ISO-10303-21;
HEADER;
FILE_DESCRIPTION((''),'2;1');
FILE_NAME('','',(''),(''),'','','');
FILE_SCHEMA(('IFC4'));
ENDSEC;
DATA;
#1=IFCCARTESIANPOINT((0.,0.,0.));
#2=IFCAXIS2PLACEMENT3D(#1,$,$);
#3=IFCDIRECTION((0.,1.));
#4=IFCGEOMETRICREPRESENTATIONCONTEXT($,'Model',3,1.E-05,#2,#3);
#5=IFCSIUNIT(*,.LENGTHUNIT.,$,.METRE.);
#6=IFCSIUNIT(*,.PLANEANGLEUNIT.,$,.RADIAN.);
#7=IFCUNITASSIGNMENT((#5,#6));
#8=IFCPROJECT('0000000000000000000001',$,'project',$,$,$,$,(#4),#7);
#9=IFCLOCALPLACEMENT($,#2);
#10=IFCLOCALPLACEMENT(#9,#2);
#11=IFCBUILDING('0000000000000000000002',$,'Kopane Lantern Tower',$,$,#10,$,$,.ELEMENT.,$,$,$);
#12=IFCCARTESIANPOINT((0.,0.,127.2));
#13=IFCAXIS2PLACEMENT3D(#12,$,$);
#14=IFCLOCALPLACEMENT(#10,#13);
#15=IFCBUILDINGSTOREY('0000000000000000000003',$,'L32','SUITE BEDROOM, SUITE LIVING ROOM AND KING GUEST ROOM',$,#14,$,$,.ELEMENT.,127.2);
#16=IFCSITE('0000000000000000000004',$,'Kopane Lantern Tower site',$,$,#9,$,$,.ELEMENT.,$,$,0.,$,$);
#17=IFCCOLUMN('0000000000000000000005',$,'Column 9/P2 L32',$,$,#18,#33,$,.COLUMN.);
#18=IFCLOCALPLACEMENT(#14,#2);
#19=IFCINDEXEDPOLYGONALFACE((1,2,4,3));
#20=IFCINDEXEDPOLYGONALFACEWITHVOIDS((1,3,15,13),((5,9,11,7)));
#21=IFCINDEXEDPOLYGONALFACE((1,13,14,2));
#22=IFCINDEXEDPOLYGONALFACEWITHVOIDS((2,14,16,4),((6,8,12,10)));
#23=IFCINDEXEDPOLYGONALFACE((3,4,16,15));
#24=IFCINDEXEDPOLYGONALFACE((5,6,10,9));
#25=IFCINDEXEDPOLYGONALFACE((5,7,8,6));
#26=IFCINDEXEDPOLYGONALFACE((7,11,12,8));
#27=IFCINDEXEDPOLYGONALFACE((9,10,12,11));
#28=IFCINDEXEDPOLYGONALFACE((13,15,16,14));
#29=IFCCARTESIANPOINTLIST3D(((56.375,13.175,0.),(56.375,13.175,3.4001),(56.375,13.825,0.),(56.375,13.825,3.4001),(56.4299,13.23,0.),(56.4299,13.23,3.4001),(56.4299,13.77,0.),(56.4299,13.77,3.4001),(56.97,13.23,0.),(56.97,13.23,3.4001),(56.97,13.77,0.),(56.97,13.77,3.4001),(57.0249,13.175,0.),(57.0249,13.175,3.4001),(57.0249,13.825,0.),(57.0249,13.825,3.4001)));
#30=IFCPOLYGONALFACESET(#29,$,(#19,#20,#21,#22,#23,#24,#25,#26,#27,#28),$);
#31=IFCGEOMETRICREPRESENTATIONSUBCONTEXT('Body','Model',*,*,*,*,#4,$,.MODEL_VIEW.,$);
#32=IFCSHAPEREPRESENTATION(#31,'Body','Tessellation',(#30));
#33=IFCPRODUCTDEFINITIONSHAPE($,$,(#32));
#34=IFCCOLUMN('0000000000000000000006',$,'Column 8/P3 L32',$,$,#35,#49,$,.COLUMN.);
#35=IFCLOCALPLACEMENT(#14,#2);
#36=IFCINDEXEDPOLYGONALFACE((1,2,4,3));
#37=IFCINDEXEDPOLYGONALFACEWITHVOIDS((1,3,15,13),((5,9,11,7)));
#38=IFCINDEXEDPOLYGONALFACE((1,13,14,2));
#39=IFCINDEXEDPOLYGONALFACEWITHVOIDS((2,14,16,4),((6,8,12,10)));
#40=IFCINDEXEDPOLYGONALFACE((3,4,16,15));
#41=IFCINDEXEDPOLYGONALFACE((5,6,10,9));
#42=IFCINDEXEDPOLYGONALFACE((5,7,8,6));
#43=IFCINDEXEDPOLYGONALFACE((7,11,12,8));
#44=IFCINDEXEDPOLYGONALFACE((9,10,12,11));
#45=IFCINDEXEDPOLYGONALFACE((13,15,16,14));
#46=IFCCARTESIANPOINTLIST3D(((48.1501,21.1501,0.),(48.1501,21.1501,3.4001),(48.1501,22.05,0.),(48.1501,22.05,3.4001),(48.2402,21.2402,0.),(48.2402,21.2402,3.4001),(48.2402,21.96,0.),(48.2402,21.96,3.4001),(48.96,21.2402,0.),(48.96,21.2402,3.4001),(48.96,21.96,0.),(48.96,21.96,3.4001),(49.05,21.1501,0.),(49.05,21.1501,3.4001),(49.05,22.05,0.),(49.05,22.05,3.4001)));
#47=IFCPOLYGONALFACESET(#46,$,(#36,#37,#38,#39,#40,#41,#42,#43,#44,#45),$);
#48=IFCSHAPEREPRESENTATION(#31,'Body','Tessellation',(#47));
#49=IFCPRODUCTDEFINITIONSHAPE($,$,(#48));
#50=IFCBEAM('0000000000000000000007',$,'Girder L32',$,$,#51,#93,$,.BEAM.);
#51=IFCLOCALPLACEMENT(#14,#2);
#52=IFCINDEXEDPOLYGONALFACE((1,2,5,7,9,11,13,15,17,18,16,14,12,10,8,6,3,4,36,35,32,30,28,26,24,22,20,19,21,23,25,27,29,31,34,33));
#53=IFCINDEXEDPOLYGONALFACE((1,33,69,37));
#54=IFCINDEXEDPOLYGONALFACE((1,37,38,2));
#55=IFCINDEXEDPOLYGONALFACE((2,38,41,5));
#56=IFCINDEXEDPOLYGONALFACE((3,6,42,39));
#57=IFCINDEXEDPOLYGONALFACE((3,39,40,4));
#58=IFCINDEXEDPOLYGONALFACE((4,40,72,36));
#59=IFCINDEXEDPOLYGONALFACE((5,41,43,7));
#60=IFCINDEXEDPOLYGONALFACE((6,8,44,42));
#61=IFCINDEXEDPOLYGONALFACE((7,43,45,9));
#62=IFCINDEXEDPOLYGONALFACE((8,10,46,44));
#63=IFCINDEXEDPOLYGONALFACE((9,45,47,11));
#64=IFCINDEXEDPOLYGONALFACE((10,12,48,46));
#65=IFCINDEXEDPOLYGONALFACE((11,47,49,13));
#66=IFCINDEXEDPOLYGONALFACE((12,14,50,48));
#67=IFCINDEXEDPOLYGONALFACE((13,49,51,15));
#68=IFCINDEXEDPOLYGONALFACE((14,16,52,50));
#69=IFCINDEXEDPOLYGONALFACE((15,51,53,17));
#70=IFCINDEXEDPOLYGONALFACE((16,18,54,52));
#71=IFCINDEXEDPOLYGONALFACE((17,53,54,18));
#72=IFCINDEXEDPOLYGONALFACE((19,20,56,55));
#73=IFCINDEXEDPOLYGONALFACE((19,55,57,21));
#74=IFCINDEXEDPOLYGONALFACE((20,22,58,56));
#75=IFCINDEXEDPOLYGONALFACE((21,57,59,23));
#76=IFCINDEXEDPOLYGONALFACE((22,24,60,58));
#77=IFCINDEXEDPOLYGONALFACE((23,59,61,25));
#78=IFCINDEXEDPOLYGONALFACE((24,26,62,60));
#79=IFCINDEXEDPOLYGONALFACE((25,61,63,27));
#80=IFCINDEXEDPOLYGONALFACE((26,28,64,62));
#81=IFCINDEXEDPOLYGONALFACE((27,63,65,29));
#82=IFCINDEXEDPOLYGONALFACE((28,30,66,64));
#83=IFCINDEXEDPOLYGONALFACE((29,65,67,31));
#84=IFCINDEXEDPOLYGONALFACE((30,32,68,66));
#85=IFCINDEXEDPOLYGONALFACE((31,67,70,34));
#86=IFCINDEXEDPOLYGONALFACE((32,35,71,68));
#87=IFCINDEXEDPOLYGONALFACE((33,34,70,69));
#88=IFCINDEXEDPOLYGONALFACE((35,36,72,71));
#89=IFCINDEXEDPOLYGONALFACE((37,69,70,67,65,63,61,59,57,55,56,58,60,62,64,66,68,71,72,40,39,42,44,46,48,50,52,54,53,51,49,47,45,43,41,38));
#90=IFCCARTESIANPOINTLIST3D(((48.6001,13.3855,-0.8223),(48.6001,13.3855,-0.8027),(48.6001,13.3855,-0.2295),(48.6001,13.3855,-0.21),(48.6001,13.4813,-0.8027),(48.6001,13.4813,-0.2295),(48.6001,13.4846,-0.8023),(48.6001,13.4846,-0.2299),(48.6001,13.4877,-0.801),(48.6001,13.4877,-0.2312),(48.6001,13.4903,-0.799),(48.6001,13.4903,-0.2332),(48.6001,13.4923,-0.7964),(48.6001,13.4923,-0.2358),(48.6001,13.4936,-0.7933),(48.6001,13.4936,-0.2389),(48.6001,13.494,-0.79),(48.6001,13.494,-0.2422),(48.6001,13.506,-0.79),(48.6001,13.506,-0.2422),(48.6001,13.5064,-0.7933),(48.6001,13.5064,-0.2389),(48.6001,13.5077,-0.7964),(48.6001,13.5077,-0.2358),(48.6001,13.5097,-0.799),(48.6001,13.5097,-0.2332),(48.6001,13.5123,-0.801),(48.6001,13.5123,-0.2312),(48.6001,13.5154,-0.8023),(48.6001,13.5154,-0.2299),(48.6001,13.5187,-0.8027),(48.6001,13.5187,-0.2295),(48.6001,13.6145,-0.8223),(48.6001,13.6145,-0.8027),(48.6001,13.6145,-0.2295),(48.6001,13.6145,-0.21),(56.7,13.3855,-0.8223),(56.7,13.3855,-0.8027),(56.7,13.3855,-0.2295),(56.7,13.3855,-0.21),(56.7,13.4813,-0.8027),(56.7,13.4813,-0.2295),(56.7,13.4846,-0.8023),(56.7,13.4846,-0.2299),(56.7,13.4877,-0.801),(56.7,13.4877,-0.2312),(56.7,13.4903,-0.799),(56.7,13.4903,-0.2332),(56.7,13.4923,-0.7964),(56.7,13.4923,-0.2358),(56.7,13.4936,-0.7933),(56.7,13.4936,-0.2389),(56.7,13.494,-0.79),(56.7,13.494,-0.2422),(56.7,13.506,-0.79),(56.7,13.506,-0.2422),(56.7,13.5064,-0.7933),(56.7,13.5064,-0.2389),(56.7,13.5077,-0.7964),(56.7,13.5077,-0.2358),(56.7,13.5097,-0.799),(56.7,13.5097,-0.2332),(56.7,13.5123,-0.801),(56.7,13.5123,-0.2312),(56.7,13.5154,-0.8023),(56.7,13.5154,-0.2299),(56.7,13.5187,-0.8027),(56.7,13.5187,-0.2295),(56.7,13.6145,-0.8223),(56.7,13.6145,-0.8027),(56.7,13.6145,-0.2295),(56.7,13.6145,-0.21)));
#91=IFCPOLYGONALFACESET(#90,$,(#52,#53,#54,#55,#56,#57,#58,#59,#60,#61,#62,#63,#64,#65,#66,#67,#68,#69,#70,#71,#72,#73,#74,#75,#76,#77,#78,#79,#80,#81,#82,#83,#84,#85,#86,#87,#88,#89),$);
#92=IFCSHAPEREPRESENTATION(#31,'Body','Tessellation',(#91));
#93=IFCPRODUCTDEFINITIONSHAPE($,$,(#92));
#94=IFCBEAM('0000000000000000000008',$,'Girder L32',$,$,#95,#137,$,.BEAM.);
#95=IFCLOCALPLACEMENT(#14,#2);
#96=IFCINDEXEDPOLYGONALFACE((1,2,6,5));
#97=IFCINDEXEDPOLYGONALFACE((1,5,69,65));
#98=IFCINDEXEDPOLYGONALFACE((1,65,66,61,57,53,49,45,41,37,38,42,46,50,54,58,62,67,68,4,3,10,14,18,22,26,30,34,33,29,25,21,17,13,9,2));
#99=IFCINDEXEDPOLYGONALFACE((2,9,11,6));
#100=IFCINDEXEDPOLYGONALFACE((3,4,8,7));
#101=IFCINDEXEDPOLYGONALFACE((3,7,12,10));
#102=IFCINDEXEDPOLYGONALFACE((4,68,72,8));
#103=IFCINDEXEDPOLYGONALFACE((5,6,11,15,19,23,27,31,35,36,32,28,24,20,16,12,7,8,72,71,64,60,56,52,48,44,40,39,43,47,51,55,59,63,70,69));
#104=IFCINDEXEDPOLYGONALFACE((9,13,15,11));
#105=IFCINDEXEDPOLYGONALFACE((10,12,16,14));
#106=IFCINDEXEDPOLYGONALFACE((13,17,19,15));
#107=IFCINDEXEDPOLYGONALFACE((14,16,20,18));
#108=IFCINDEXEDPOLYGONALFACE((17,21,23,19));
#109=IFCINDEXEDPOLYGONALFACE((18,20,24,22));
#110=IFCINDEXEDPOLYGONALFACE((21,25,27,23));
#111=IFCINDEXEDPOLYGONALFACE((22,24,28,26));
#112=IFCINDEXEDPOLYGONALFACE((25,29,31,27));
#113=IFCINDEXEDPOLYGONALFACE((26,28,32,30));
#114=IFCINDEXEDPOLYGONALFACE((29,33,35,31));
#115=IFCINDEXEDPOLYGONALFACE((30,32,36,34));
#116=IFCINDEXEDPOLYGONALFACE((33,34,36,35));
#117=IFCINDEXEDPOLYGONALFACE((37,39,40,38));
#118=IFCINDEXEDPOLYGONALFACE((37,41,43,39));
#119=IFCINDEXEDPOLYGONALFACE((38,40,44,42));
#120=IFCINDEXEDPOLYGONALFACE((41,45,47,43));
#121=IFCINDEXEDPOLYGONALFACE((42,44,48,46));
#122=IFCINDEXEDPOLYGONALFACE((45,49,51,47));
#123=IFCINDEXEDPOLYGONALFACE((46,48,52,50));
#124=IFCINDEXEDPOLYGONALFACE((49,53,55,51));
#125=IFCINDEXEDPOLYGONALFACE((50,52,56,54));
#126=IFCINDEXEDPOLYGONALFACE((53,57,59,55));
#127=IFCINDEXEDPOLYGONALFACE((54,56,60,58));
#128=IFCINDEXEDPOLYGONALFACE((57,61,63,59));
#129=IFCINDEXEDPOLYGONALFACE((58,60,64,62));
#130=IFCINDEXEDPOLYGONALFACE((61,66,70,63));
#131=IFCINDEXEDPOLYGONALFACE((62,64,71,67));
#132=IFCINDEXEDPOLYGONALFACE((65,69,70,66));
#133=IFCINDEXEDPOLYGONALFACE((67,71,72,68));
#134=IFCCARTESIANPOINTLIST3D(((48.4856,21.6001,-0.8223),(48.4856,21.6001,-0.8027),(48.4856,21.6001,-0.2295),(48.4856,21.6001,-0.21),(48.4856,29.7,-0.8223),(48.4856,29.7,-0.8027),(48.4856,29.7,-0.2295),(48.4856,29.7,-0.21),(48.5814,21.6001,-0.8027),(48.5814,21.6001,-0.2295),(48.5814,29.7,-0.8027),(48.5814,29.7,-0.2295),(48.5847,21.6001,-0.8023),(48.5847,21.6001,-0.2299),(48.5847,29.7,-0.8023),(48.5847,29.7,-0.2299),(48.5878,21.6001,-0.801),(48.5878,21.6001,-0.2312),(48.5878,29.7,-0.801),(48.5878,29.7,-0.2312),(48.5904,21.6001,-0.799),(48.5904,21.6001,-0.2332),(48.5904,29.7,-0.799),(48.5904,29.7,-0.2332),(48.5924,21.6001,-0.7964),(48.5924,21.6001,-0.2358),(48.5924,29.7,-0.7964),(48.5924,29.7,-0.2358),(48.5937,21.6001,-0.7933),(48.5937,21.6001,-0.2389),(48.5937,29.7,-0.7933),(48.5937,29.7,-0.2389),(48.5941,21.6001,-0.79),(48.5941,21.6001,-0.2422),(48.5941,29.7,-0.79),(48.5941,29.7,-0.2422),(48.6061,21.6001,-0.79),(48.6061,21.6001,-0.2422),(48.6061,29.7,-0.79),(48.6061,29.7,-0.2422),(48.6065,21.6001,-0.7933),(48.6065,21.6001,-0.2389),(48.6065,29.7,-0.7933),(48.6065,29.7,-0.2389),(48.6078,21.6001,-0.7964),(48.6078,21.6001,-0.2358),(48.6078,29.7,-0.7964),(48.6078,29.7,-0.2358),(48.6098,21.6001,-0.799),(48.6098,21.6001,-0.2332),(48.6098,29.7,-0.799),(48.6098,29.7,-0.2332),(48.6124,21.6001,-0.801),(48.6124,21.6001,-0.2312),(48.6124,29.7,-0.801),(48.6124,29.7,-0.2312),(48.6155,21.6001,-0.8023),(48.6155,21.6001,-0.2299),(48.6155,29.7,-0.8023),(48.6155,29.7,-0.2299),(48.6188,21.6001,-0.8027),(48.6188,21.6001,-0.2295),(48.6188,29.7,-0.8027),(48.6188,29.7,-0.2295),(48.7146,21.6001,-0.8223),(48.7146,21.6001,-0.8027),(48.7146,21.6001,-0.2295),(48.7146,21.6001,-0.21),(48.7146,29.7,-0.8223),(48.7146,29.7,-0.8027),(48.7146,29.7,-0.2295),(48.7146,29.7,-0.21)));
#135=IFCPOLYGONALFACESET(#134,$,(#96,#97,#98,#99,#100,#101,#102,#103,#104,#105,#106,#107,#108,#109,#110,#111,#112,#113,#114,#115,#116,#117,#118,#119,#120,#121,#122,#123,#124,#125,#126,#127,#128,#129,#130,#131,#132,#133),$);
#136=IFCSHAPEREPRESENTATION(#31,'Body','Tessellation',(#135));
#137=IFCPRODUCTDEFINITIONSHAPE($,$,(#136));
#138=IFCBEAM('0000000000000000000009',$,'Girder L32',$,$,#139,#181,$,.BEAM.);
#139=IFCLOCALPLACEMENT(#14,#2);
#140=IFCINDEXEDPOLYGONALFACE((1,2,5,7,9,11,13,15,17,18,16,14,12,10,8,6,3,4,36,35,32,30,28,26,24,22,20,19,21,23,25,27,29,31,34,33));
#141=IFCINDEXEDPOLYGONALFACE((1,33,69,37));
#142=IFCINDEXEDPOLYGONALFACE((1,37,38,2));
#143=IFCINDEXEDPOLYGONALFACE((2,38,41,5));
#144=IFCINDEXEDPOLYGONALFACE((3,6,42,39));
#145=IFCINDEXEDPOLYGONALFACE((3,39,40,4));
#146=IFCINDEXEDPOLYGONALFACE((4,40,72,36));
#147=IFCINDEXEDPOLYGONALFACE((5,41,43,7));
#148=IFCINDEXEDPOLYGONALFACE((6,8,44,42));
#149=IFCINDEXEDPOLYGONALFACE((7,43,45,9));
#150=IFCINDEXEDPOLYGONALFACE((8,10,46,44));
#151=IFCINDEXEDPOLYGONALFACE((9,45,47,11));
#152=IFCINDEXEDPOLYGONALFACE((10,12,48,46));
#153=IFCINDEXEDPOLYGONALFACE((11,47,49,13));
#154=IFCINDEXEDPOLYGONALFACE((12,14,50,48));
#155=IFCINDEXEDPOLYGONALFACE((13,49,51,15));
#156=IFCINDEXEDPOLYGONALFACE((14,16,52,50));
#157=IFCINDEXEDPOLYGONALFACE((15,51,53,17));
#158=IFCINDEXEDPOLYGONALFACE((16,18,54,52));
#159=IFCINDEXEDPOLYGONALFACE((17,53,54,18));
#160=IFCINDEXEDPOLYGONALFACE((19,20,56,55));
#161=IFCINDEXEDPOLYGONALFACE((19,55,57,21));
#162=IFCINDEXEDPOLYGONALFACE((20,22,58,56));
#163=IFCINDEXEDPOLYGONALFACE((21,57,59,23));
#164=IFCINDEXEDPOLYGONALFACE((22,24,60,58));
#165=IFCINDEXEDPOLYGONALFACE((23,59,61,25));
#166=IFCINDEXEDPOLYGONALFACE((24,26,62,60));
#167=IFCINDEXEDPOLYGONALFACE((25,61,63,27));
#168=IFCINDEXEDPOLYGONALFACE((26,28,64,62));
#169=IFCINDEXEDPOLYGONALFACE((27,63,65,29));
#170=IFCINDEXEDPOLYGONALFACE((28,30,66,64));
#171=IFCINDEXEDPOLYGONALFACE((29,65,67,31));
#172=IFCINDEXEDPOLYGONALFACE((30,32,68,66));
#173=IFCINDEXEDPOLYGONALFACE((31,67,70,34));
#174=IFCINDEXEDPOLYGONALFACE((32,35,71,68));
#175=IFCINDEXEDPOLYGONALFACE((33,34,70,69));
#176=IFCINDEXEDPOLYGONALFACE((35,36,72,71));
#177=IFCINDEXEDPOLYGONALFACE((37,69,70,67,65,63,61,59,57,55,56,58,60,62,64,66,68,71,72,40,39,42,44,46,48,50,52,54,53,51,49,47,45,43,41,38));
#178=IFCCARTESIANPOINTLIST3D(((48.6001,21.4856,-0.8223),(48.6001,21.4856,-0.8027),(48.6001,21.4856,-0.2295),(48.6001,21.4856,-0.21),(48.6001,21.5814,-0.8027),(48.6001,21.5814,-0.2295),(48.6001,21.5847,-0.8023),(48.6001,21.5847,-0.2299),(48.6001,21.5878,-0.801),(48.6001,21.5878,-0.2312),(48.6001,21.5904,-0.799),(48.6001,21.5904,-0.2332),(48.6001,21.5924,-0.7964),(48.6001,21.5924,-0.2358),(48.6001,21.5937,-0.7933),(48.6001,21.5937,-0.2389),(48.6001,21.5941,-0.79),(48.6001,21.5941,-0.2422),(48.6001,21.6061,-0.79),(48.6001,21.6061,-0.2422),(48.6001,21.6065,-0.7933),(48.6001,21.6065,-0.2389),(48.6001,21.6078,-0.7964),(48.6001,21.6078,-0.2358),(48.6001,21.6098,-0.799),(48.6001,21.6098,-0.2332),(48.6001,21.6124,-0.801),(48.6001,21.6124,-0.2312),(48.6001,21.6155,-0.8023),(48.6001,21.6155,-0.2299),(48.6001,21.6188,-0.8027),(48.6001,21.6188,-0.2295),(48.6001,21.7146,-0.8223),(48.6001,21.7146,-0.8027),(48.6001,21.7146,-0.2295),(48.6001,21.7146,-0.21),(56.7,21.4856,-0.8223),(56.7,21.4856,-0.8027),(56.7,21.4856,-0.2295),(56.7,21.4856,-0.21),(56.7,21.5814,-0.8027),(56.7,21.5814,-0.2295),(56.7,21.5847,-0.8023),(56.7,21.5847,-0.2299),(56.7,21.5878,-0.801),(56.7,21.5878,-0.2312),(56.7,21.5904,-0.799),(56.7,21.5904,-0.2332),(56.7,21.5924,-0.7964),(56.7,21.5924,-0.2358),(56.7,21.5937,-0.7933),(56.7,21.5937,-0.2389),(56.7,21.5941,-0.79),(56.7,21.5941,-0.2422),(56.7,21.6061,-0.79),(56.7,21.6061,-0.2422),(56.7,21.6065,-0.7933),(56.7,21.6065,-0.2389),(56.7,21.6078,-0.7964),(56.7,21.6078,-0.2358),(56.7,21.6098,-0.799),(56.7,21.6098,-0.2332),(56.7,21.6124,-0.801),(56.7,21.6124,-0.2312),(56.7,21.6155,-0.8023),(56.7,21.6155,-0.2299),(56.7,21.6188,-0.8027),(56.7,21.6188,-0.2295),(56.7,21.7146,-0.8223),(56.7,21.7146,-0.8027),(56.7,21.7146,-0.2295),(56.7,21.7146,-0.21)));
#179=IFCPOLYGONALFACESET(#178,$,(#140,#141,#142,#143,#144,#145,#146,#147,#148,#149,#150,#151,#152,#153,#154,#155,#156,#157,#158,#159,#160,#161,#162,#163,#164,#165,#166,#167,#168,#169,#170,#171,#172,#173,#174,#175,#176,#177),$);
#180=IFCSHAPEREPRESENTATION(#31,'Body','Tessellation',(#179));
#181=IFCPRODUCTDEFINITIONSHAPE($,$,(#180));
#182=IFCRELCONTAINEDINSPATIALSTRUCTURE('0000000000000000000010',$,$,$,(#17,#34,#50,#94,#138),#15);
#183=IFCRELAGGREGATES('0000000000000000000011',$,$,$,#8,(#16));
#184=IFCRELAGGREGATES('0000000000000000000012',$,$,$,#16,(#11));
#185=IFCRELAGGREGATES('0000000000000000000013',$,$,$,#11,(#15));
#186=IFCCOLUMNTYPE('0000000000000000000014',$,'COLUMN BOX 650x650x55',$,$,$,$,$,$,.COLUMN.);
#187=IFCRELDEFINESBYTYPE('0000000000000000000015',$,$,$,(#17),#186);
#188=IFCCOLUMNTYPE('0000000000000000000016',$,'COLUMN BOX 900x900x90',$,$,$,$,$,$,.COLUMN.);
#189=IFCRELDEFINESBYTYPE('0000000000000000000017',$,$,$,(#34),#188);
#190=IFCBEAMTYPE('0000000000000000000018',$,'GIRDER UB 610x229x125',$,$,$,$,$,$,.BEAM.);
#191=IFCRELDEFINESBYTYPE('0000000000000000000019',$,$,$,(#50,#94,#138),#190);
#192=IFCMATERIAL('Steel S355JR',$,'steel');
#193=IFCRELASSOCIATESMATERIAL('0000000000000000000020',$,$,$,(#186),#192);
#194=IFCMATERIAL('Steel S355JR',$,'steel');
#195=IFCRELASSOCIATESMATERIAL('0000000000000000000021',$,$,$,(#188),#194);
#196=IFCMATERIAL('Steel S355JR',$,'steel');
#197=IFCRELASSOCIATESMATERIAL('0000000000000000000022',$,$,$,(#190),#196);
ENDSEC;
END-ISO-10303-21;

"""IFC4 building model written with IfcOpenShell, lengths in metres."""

from ifc_helpers import new_model, si_unit, direction, frame, origin, origin_2d, place, context, subcontext, project, spatial, hollow_rectangle, i_section, extrude, material, material_profile, profile_set, type_object, element, save


model = new_model("IFC4")

# Units and contexts
model_context = context("Model", 3, precision=1e-05, world=origin(), true_north=direction((0.0, 1.0)))
body_context = subcontext(model_context, "Body", "Model", "MODEL_VIEW")
ifc_project = project(units=[si_unit("LENGTHUNIT", "METRE"), si_unit("PLANEANGLEUNIT", "RADIAN")], contexts=[model_context])

# Site, building, storey
site_placement = place(None, origin())
site = spatial("IfcSite", under=ifc_project, at=site_placement, Name="Kopane Lantern Tower site", CompositionType="ELEMENT", RefElevation=0.0)
building_placement = place(site_placement, origin())
building = spatial("IfcBuilding", under=site, at=building_placement, Name="Kopane Lantern Tower", CompositionType="ELEMENT")
storey_placement = place(building_placement, frame((0.0, 0.0, 127.2)))
storey = spatial("IfcBuildingStorey", under=building, at=storey_placement, Name="L32", Description="SUITE BEDROOM, SUITE LIVING ROOM AND KING GUEST ROOM", CompositionType="ELEMENT", Elevation=127.2)

# Columns
ifc_material_1 = material(Name="Steel S355JR", Category="steel")
ifc_material_profile_1 = material_profile(ifc_material_1, hollow_rectangle(XDim=0.6499, YDim=0.6499, WallThickness=0.0549, at=origin_2d()), Name="BOX 650x650x55")
ifc_profile_set_1 = profile_set([ifc_material_profile_1], Name="Steel S355JR")
column_type_1 = type_object("IfcColumnType", Name="COLUMN BOX 650x650x55", PredefinedType="COLUMN", material=ifc_profile_set_1)
column_1_placement = place(storey_placement, frame((56.7, 13.5, 0.0), z_axis=(0.0, 0.0, 1.0), x_axis=(1.0, 0.0, 0.0)))
element("IfcColumn", 1, at=column_1_placement, inside=storey, type_object=column_type_1, Name="Column 9/P2 L32", PredefinedType="COLUMN", context=body_context, shape_type="SweptSolid", body=[
    extrude(hollow_rectangle(XDim=0.6499, YDim=0.6499, WallThickness=0.0549, at=origin_2d()), origin(), (0.0, 0.0, 1.0), 3.4001),
])
ifc_material_2 = material(Name="Steel S355JR", Category="steel")
ifc_material_profile_2 = material_profile(ifc_material_2, hollow_rectangle(XDim=0.8999, YDim=0.8999, WallThickness=0.0901, at=origin_2d()), Name="BOX 900x900x90")
ifc_profile_set_2 = profile_set([ifc_material_profile_2], Name="Steel S355JR")
column_type_2 = type_object("IfcColumnType", Name="COLUMN BOX 900x900x90", PredefinedType="COLUMN", material=ifc_profile_set_2)
column_2_placement = place(storey_placement, frame((48.6001, 21.6001, 0.0), z_axis=(0.0, 0.0, 1.0), x_axis=(1.0, 0.0, 0.0)))
element("IfcColumn", 2, at=column_2_placement, inside=storey, type_object=column_type_2, Name="Column 8/P3 L32", PredefinedType="COLUMN", context=body_context, shape_type="SweptSolid", body=[
    extrude(hollow_rectangle(XDim=0.8999, YDim=0.8999, WallThickness=0.0901, at=origin_2d()), origin(), (0.0, 0.0, 1.0), 3.4001),
])

# Beams
ifc_material_3 = material(Name="Steel S355JR", Category="steel")
ifc_material_profile_3 = material_profile(ifc_material_3, i_section(OverallWidth=0.229, OverallDepth=0.6123, WebThickness=0.012, FlangeThickness=0.0195, FilletRadius=0.0127, at=origin_2d()), Name="UB 610x229x125")
ifc_profile_set_3 = profile_set([ifc_material_profile_3], Name="Steel S355JR")
beam_type = type_object("IfcBeamType", Name="GIRDER UB 610x229x125", PredefinedType="BEAM", material=ifc_profile_set_3)
for number, where, z_axis, x_axis, name in (
    (3, (48.6001, 13.5, -0.5161), (1.0, 0.0, 0.0), (0.0, 1.0, 0.0), "Girder L32"),
    (4, (48.6001, 21.6001, -0.5161), (0.0, 1.0, 0.0), (-1.0, 0.0, 0.0), "Girder L32"),
    (5, (48.6001, 21.6001, -0.5161), (1.0, 0.0, 0.0), (0.0, 1.0, 0.0), "Girder L32"),
):
    element("IfcBeam", number, at=place(storey_placement, frame(where, z_axis=z_axis, x_axis=x_axis)), inside=storey, type_object=beam_type, Name=name, PredefinedType="BEAM", context=body_context, shape_type="SweptSolid", body=[
        extrude(i_section(OverallWidth=0.229, OverallDepth=0.6123, WebThickness=0.012, FlangeThickness=0.0195, FilletRadius=0.0127, at=origin_2d()), origin(), (0.0, 0.0, 1.0), 8.0999),
    ])

save(model, "model.ifc")
